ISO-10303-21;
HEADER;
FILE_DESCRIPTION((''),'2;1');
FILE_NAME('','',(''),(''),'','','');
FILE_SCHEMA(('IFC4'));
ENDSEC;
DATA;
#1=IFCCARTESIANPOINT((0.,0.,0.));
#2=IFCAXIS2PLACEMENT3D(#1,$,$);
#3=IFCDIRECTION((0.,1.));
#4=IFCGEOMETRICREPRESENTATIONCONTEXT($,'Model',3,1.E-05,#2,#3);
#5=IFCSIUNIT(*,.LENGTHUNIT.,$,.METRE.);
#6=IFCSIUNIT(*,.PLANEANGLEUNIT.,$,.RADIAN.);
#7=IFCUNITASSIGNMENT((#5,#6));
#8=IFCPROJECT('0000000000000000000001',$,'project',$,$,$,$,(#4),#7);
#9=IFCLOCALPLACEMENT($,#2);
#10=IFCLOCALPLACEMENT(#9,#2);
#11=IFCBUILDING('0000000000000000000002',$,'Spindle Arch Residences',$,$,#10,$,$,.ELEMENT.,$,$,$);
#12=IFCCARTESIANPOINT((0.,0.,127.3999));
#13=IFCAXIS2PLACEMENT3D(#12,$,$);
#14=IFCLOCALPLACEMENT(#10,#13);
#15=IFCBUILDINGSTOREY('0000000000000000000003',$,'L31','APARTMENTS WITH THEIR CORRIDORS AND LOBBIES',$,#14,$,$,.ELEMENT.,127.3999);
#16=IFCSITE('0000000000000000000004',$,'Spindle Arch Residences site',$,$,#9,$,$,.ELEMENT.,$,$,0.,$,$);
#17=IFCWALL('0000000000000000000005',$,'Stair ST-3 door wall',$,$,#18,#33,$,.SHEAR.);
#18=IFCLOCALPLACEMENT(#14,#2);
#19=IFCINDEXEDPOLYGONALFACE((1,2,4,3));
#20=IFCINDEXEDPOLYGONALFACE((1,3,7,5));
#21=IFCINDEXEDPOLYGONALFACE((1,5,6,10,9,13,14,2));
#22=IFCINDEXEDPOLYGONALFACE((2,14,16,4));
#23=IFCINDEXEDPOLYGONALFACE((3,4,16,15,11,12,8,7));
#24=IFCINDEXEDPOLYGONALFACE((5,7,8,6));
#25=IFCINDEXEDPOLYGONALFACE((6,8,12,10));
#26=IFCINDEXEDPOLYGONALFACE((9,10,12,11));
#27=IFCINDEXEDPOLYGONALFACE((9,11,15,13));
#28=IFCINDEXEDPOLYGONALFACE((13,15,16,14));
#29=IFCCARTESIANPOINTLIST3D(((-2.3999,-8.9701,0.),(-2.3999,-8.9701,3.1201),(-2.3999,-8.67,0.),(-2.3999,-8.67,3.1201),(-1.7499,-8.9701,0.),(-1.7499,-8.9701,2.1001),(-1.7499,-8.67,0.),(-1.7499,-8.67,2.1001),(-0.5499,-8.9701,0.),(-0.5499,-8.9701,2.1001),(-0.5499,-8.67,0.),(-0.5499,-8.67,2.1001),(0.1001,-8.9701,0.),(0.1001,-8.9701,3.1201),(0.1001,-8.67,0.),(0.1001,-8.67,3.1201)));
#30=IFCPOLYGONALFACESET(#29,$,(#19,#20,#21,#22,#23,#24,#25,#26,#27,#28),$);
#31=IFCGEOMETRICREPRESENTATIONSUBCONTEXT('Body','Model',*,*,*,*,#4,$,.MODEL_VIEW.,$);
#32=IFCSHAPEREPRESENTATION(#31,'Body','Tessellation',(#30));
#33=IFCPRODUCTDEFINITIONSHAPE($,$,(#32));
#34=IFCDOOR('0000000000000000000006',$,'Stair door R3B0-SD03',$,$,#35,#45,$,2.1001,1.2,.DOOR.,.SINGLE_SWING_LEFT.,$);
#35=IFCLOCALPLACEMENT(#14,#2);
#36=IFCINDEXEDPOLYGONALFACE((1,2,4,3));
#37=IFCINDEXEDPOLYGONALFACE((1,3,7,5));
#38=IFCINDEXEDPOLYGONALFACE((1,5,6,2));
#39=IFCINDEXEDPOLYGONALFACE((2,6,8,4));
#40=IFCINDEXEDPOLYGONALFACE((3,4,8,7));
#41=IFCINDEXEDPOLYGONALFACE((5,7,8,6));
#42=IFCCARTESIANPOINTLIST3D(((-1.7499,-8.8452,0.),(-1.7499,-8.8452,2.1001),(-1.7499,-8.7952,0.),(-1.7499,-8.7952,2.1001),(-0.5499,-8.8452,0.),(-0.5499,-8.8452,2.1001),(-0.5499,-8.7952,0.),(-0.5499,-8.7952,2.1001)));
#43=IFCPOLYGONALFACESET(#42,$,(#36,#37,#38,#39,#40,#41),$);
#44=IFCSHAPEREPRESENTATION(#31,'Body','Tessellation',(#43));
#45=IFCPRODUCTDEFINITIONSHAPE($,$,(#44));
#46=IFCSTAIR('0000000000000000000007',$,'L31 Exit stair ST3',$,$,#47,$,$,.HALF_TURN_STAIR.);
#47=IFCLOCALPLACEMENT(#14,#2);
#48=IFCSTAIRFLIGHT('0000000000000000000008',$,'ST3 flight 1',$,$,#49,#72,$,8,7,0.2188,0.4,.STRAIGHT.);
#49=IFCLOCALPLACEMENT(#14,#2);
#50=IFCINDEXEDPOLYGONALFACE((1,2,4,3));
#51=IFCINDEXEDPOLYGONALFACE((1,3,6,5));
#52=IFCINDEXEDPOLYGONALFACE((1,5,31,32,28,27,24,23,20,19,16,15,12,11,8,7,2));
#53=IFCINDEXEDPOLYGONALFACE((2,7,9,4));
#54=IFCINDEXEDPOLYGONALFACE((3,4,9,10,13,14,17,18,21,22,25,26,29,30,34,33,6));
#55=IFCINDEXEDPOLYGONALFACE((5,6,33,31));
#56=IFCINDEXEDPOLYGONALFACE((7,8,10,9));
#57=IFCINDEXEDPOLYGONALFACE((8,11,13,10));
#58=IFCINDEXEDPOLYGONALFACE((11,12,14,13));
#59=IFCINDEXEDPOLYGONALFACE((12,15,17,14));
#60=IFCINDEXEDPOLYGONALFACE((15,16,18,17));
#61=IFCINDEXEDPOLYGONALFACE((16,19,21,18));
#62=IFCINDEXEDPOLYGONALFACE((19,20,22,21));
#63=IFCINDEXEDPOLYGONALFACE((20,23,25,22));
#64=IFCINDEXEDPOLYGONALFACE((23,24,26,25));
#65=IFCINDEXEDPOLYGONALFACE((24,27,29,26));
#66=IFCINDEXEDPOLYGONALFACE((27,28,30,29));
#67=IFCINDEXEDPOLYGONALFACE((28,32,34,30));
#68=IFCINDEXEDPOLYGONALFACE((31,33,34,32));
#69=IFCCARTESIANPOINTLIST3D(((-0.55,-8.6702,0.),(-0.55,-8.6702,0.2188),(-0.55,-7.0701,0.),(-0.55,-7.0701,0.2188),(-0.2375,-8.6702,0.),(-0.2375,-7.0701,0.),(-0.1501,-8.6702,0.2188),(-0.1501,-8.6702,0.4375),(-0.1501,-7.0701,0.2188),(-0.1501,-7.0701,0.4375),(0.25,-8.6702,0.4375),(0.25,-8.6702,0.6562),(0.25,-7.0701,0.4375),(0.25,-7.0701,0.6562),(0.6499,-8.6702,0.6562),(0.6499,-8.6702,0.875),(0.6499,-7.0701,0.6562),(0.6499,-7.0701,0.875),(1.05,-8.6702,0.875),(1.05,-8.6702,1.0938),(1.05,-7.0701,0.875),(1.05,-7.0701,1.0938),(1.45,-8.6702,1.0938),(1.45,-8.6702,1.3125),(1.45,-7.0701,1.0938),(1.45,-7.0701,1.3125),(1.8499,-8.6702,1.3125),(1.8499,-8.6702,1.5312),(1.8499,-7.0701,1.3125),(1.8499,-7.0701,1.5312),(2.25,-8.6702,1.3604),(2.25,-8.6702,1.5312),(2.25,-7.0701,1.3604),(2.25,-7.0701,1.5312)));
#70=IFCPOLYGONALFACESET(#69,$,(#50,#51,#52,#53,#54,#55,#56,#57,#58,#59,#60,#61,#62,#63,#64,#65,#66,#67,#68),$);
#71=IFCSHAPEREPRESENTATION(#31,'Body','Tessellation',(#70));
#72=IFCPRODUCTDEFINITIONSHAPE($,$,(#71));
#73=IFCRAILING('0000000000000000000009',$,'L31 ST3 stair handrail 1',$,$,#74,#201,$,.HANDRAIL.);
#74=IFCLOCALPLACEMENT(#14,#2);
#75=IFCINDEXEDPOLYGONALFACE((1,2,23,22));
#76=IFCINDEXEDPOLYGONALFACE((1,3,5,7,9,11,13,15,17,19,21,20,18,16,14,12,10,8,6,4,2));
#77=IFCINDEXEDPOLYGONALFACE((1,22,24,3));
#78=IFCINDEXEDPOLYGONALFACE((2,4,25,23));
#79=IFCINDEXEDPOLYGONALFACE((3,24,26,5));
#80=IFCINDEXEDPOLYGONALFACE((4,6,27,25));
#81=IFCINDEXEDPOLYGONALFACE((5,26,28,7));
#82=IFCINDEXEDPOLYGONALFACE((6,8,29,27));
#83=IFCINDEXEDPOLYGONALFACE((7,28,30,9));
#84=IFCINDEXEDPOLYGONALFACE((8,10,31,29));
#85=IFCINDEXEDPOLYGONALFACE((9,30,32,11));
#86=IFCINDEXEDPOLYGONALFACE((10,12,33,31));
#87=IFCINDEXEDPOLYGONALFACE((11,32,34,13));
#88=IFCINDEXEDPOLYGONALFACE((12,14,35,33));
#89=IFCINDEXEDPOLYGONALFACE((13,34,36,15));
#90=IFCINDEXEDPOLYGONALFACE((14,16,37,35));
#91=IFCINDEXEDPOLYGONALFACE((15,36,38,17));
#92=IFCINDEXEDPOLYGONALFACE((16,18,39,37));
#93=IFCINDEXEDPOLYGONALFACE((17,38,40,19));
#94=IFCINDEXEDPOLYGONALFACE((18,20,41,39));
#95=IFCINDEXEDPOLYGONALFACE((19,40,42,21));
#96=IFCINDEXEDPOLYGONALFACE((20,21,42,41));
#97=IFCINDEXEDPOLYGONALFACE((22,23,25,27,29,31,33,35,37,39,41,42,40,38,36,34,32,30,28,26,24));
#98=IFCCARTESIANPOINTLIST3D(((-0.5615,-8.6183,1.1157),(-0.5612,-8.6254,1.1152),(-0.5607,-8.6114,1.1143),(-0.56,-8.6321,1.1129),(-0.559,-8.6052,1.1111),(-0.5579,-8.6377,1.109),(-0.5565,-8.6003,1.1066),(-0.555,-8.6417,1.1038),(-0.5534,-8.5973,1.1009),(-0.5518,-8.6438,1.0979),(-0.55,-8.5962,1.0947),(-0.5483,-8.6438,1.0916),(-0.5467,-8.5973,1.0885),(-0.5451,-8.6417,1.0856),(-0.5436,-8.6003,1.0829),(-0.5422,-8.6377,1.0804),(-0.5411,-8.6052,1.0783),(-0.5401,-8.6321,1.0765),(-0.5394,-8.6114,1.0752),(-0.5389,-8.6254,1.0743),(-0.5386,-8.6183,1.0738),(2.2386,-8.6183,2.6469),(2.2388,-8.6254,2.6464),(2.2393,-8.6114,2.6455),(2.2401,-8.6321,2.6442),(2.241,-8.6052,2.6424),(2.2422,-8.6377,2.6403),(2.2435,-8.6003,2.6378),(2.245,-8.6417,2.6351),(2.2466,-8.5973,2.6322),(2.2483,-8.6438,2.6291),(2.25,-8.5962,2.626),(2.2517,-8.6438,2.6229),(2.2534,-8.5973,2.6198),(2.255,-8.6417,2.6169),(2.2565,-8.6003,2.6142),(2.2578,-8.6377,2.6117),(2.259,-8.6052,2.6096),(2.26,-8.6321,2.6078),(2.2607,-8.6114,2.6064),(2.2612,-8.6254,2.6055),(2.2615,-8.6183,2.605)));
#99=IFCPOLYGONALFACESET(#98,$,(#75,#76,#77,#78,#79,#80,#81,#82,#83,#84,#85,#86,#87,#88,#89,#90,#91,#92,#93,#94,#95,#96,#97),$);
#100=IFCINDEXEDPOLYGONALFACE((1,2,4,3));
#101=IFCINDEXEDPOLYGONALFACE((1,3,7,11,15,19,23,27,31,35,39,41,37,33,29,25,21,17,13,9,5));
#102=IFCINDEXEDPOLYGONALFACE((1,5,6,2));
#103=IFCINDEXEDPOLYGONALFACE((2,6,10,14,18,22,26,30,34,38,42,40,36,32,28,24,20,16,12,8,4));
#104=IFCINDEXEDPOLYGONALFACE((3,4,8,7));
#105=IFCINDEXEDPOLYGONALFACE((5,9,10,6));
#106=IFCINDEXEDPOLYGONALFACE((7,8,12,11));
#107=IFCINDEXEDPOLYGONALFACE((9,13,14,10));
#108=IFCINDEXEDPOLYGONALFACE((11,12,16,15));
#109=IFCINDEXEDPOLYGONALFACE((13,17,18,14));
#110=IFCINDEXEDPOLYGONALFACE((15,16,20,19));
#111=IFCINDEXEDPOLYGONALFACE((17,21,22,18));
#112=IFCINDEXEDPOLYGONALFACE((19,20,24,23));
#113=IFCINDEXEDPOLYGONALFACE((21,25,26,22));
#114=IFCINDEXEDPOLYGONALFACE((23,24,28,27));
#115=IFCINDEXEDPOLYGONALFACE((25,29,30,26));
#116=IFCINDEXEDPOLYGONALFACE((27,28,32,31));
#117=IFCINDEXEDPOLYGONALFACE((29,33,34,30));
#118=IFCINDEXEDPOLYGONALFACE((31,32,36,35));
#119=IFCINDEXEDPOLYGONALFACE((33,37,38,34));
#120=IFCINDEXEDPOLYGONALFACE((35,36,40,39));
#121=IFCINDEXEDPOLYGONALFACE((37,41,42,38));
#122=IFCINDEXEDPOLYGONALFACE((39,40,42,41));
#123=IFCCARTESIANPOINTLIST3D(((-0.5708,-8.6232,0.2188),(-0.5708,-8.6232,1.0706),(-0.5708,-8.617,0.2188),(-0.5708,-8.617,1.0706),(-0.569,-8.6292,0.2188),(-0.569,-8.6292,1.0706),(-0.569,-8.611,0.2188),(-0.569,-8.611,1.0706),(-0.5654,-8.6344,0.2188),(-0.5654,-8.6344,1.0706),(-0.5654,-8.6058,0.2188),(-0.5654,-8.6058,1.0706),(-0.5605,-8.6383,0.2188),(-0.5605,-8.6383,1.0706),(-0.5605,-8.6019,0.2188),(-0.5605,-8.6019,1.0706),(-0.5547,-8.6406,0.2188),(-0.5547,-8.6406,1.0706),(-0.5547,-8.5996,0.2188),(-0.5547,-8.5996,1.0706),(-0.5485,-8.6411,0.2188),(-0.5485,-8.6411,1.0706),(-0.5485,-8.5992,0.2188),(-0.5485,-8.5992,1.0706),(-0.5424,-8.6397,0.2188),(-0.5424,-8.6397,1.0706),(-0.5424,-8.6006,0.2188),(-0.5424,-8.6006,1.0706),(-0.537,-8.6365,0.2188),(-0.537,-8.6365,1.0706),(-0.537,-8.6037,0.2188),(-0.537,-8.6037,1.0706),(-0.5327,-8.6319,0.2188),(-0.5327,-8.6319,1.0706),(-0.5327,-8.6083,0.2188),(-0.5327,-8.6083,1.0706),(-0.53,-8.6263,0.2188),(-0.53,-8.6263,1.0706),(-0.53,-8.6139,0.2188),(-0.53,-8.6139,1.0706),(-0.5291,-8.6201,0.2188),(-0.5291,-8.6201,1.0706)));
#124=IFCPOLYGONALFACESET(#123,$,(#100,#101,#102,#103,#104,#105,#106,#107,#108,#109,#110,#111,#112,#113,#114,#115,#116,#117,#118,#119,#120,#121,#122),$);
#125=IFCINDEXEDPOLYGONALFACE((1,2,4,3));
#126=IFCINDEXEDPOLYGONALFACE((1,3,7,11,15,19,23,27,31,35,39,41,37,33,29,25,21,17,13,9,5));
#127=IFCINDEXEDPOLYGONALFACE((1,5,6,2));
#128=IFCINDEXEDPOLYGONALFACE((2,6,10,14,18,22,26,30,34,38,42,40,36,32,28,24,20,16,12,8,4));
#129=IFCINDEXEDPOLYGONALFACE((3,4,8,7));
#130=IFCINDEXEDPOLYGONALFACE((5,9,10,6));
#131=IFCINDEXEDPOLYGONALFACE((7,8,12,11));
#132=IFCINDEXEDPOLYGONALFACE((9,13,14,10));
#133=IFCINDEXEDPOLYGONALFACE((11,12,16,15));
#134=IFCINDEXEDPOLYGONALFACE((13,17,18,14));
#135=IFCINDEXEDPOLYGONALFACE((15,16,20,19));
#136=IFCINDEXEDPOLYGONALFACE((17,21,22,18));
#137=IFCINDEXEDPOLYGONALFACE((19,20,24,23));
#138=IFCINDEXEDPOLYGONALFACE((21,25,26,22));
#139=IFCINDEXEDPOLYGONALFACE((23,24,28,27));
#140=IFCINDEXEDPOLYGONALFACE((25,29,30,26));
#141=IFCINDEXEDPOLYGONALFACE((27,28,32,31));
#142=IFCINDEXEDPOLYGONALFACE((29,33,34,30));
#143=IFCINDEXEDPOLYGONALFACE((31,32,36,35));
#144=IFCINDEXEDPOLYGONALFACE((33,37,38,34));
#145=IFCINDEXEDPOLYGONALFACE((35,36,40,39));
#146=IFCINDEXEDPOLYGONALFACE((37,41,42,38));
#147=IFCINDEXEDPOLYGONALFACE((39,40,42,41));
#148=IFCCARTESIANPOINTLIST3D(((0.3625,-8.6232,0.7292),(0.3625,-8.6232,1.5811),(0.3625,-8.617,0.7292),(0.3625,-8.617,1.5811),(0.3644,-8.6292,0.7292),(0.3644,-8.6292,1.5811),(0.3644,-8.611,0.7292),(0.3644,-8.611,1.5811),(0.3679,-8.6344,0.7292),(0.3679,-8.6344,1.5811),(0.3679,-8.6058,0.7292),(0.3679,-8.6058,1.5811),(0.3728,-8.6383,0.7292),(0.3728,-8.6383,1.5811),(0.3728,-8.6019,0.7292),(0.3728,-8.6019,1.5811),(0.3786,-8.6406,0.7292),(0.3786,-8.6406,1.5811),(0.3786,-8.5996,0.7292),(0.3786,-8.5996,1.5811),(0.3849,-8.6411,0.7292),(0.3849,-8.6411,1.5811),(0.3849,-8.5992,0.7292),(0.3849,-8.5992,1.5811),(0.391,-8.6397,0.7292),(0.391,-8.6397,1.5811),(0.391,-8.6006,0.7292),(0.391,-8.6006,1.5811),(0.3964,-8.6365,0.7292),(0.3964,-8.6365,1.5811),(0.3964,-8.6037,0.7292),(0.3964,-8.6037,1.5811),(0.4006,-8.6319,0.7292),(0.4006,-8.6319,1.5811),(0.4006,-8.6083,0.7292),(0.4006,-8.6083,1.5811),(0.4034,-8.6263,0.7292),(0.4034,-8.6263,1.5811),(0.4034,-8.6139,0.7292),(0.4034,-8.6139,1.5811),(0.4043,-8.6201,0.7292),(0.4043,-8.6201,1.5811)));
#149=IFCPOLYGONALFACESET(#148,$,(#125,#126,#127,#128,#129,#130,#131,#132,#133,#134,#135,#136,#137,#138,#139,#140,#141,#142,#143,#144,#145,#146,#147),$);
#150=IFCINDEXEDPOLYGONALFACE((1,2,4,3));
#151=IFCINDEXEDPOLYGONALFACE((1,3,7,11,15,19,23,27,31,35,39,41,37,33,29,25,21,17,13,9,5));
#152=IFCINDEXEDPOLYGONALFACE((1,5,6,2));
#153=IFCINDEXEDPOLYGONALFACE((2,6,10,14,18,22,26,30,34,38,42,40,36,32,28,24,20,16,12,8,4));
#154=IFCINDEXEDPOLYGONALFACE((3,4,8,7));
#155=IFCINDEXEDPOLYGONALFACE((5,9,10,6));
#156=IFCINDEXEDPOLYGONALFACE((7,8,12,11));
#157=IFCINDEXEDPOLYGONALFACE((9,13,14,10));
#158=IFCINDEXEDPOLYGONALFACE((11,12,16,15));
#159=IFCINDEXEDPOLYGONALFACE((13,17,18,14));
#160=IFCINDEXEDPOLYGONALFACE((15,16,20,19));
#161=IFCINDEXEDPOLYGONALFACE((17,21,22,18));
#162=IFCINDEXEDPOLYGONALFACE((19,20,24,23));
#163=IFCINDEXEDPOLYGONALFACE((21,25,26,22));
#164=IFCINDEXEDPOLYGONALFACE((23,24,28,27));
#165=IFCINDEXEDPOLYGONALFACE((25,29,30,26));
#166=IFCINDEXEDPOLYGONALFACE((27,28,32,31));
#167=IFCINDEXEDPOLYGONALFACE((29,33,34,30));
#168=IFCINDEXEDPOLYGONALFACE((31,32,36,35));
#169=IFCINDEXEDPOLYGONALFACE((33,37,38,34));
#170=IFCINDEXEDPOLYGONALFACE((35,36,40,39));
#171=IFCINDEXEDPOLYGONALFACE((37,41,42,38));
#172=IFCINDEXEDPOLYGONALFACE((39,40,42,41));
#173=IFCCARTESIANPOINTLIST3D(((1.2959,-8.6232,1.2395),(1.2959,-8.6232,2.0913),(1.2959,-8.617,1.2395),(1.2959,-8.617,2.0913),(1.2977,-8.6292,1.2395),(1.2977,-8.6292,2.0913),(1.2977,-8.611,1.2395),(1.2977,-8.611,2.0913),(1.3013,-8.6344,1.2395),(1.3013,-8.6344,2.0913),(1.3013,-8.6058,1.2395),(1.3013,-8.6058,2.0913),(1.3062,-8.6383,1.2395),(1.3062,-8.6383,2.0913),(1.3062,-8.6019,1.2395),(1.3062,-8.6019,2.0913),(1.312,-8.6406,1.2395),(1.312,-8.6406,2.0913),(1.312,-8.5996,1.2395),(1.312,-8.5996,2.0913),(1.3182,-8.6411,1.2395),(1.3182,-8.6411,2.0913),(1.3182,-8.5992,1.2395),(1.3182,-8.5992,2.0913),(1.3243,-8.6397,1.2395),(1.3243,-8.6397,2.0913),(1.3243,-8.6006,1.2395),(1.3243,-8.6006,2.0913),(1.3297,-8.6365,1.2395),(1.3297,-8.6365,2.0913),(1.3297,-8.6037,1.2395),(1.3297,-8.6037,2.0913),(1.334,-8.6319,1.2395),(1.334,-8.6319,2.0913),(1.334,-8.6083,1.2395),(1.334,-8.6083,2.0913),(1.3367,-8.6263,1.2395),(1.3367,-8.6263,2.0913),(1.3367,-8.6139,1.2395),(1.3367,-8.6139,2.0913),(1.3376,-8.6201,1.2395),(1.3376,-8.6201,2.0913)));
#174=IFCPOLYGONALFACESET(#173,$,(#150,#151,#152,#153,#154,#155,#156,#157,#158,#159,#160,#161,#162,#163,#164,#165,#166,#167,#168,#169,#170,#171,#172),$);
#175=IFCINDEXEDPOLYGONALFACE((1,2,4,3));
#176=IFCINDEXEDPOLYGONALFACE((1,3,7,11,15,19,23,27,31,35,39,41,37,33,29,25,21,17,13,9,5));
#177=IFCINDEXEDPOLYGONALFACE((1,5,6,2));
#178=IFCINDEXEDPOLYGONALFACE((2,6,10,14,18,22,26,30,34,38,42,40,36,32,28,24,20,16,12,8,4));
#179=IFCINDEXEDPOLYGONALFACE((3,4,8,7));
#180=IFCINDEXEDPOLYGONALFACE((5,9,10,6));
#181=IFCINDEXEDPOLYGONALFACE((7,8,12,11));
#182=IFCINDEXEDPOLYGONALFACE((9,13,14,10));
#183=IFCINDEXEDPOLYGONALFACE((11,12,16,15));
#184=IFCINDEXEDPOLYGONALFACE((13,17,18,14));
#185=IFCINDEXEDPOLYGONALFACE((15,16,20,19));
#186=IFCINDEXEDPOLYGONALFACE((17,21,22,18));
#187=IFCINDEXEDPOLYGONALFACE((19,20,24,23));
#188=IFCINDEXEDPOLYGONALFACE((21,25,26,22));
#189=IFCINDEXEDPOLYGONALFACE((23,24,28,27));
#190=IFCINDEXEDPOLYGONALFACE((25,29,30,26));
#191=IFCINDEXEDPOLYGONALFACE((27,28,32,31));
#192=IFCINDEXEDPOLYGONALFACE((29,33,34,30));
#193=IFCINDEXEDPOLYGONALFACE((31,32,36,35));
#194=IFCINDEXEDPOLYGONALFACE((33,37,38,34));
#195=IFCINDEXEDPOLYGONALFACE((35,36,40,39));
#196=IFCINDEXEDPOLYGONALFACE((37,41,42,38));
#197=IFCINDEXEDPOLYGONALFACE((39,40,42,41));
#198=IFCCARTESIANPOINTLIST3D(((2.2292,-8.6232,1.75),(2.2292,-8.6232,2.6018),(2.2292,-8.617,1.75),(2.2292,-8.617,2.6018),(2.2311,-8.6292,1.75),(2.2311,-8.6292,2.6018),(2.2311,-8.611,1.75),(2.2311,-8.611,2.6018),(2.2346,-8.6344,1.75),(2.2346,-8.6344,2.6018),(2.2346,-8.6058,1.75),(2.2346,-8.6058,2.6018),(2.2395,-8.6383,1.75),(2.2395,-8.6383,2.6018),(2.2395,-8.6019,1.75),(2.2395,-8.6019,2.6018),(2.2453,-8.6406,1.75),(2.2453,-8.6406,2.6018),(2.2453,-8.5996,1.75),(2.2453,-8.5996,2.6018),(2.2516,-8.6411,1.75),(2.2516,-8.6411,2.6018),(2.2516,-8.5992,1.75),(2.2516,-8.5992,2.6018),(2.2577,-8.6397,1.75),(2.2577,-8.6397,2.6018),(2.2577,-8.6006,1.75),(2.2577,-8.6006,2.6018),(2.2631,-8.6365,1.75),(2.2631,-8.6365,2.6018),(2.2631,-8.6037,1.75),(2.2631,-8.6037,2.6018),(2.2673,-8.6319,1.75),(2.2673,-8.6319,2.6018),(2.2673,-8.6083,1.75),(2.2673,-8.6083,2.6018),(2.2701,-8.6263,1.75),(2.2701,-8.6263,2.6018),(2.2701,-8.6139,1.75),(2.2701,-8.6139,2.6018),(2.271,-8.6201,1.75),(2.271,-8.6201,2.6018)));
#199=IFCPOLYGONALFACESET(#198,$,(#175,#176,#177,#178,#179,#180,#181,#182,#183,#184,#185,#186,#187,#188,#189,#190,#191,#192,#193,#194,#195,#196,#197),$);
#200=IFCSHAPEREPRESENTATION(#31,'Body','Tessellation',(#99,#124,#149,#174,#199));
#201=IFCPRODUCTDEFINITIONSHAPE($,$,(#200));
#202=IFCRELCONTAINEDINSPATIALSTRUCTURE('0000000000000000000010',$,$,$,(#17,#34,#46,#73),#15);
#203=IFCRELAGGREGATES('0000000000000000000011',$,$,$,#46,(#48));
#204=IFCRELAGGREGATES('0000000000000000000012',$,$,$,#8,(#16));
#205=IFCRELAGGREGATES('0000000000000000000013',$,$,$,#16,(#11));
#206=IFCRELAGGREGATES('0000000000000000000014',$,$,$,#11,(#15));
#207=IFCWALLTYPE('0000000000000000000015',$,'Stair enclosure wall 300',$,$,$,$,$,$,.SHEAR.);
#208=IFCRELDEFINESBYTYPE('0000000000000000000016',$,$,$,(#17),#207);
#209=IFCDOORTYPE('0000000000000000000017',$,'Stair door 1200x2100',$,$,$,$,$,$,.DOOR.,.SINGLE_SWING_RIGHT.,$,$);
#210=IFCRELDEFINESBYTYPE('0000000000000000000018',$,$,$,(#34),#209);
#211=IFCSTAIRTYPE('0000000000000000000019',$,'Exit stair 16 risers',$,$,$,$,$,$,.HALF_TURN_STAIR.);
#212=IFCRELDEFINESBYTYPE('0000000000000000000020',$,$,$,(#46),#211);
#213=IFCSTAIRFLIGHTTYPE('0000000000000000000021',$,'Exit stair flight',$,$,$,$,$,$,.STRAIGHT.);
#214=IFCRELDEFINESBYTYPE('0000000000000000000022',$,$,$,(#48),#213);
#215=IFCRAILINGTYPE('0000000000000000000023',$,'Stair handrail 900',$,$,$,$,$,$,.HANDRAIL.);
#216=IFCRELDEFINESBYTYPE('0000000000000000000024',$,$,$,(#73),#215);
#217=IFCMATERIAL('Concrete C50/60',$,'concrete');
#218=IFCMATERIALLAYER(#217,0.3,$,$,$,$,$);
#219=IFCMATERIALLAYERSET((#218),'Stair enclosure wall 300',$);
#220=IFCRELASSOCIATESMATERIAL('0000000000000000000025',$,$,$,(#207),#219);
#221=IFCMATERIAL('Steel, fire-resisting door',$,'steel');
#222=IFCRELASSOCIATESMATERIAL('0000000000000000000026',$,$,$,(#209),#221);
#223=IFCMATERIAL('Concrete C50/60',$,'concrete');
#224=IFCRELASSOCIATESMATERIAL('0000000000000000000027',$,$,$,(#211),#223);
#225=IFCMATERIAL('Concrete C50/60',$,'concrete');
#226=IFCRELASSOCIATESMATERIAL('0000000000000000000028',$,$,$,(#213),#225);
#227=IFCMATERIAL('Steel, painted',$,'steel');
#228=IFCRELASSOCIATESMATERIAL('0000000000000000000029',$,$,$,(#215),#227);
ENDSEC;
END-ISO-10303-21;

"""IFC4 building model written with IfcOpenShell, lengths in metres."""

from ifc_helpers import new_model, si_unit, direction, frame, frame_2d, origin, origin_2d, place, context, subcontext, project, spatial, polyline, rectangle, circle, outline, extrude, material, layer, layer_set, type_object, element, fill, aggregate, save


model = new_model("IFC4")

# Units and contexts
model_context = context("Model", 3, precision=1e-05, world=origin(), true_north=direction((0.0, 1.0)))
body_context = subcontext(model_context, "Body", "Model", "MODEL_VIEW")
ifc_project = project(units=[si_unit("LENGTHUNIT", "METRE"), si_unit("PLANEANGLEUNIT", "RADIAN")], contexts=[model_context])

# Site, building, storey
site_placement = place(None, origin())
site = spatial("IfcSite", under=ifc_project, at=site_placement, Name="Spindle Arch Residences site", CompositionType="ELEMENT", RefElevation=0.0)
building_placement = place(site_placement, origin())
building = spatial("IfcBuilding", under=site, at=building_placement, Name="Spindle Arch Residences", CompositionType="ELEMENT")
storey_placement = place(building_placement, frame((0.0, 0.0, 127.3999)))
storey = spatial("IfcBuildingStorey", under=building, at=storey_placement, Name="L31", Description="APARTMENTS WITH THEIR CORRIDORS AND LOBBIES", CompositionType="ELEMENT", Elevation=127.3999)

# Shared definitions
ifc_material_1 = material(Name="Concrete C50/60", Category="concrete")
ifc_layer_1 = layer(ifc_material_1, 0.3)
ifc_layer_set_1 = layer_set([ifc_layer_1], Name="Stair enclosure wall 300")
wall_type_1 = type_object("IfcWallType", Name="Stair enclosure wall 300", PredefinedType="SHEAR", material=ifc_layer_set_1)

# Wall, opening, door
wall_1_placement = place(storey_placement, frame((-2.3999, -8.8201, 0.0), z_axis=(0.0, 0.0, 1.0), x_axis=(1.0, 0.0, 0.0)))
wall_1 = element("IfcWall", 1, at=wall_1_placement, inside=storey, type_object=wall_type_1, Name="Stair ST-3 door wall", PredefinedType="SHEAR", context=body_context, shape_type="SweptSolid", body=[
    extrude(rectangle(XDim=2.5, YDim=0.3, at=frame_2d((1.25, 0.0))), origin(), (0.0, 0.0, 1.0), 3.1201),
])
opening_1_placement = place(wall_1_placement, frame((0.6499, 0.0, 0.0)))
opening_1 = element("IfcOpeningElement", 2, at=opening_1_placement, cuts=wall_1, PredefinedType="OPENING", context=body_context, shape_type="SweptSolid", body=[
    extrude(rectangle(XDim=1.2, YDim=2.1001, at=frame_2d((0.6001, 1.05))), frame((0.0, 0.1602, 0.0), z_axis=(0.0, -1.0, 0.0), x_axis=(1.0, 0.0, 0.0)), (0.0, 0.0, 1.0), 0.3201),
])
ifc_material_2 = material(Name="Steel, fire-resisting door", Category="steel")
door_type_1 = type_object("IfcDoorType", Name="Stair door 1200x2100", OperationType="SINGLE_SWING_RIGHT", PredefinedType="DOOR", material=ifc_material_2)
door_1_placement = place(opening_1_placement, origin())
door_1 = element("IfcDoor", 3, at=door_1_placement, inside=storey, type_object=door_type_1, Name="Stair door R3B0-SD03", OperationType="SINGLE_SWING_LEFT", OverallHeight=2.1001, OverallWidth=1.2, PredefinedType="DOOR", context=body_context, shape_type="SweptSolid", body=[
    extrude(rectangle(XDim=1.2, YDim=2.1001, at=frame_2d((0.6001, 1.05))), frame((0.0, 0.0249, 0.0), z_axis=(0.0, -1.0, 0.0), x_axis=(1.0, 0.0, 0.0)), (0.0, 0.0, 1.0), 0.05),
])
fill(opening_1, door_1)

# Stair, stair flight
ifc_material_3 = material(Name="Concrete C50/60", Category="concrete")
stair_type = type_object("IfcStairType", Name="Exit stair 16 risers", PredefinedType="HALF_TURN_STAIR", material=ifc_material_3)
stair_placement = place(storey_placement, origin())
stair = element("IfcStair", 4, at=stair_placement, inside=storey, type_object=stair_type, Name="L31 Exit stair ST3", PredefinedType="HALF_TURN_STAIR")
ifc_material_4 = material(Name="Concrete C50/60", Category="concrete")
stair_flight_type = type_object("IfcStairFlightType", Name="Exit stair flight", PredefinedType="STRAIGHT", material=ifc_material_4)
stair_flight_placement = place(storey_placement, frame((-0.55, -7.8701, 0.0), z_axis=(0.0, 0.0, 1.0), x_axis=(1.0, 0.0, 0.0)))
stair_flight = element("IfcStairFlight", 5, at=stair_flight_placement, type_object=stair_flight_type, Name="ST3 flight 1", NumberOfRisers=8, NumberOfTreads=7, PredefinedType="STRAIGHT", RiserHeight=0.2188, TreadLength=0.4, context=body_context, shape_type="SweptSolid", body=[
    extrude(outline(polyline([(0.0, 0.0), (0.0, 0.2188), (0.3999, 0.2188), (0.3999, 0.4375), (0.8, 0.4375), (0.8, 0.6562), (1.2, 0.6562), (1.2, 0.875), (1.6001, 0.875), (1.6001, 1.0938), (2.0, 1.0938), (2.0, 1.3125), (2.3999, 1.3125), (2.3999, 1.5312), (2.8, 1.5312), (2.8, 1.75), (2.8, 1.3604), (0.3125, 0.0), (0.0, 0.0)])), frame((0.0, 0.8, 0.0), z_axis=(0.0, -1.0, 0.0), x_axis=(1.0, 0.0, 0.0)), (0.0, 0.0, 1.0), 1.6001),
])
aggregate(stair, [stair_flight])

# Railing
ifc_material_5 = material(Name="Steel, painted", Category="steel")
railing_type_1 = type_object("IfcRailingType", Name="Stair handrail 900", PredefinedType="HANDRAIL", material=ifc_material_5)
railing_1_placement = place(storey_placement, frame((-0.55, -8.6201, 0.2188)))
element("IfcRailing", 6, at=railing_1_placement, inside=storey, type_object=railing_type_1, Name="L31 ST3 stair handrail 1", PredefinedType="HANDRAIL", context=body_context, shape_type="SweptSolid", body=[
    extrude(circle(Radius=0.0239, at=origin_2d()), frame((0.0, 0.0, 0.876), z_axis=(0.877375, 0.0, 0.479806), x_axis=(0.0, 1.0, 0.0)), (0.0, 0.0, 1.0), 3.1914),
    extrude(circle(Radius=0.021, at=origin_2d()), origin(), (0.0, 0.0, 1.0), 0.8518),
    extrude(circle(Radius=0.021, at=origin_2d()), frame((0.9333, 0.0, 0.5105)), (0.0, 0.0, 1.0), 0.8518),
    extrude(circle(Radius=0.021, at=origin_2d()), frame((1.8667, 0.0, 1.0208)), (0.0, 0.0, 1.0), 0.8518),
    extrude(circle(Radius=0.021, at=origin_2d()), frame((2.8, 0.0, 1.5312)), (0.0, 0.0, 1.0), 0.8518),
])

save(model, "model.ifc")
